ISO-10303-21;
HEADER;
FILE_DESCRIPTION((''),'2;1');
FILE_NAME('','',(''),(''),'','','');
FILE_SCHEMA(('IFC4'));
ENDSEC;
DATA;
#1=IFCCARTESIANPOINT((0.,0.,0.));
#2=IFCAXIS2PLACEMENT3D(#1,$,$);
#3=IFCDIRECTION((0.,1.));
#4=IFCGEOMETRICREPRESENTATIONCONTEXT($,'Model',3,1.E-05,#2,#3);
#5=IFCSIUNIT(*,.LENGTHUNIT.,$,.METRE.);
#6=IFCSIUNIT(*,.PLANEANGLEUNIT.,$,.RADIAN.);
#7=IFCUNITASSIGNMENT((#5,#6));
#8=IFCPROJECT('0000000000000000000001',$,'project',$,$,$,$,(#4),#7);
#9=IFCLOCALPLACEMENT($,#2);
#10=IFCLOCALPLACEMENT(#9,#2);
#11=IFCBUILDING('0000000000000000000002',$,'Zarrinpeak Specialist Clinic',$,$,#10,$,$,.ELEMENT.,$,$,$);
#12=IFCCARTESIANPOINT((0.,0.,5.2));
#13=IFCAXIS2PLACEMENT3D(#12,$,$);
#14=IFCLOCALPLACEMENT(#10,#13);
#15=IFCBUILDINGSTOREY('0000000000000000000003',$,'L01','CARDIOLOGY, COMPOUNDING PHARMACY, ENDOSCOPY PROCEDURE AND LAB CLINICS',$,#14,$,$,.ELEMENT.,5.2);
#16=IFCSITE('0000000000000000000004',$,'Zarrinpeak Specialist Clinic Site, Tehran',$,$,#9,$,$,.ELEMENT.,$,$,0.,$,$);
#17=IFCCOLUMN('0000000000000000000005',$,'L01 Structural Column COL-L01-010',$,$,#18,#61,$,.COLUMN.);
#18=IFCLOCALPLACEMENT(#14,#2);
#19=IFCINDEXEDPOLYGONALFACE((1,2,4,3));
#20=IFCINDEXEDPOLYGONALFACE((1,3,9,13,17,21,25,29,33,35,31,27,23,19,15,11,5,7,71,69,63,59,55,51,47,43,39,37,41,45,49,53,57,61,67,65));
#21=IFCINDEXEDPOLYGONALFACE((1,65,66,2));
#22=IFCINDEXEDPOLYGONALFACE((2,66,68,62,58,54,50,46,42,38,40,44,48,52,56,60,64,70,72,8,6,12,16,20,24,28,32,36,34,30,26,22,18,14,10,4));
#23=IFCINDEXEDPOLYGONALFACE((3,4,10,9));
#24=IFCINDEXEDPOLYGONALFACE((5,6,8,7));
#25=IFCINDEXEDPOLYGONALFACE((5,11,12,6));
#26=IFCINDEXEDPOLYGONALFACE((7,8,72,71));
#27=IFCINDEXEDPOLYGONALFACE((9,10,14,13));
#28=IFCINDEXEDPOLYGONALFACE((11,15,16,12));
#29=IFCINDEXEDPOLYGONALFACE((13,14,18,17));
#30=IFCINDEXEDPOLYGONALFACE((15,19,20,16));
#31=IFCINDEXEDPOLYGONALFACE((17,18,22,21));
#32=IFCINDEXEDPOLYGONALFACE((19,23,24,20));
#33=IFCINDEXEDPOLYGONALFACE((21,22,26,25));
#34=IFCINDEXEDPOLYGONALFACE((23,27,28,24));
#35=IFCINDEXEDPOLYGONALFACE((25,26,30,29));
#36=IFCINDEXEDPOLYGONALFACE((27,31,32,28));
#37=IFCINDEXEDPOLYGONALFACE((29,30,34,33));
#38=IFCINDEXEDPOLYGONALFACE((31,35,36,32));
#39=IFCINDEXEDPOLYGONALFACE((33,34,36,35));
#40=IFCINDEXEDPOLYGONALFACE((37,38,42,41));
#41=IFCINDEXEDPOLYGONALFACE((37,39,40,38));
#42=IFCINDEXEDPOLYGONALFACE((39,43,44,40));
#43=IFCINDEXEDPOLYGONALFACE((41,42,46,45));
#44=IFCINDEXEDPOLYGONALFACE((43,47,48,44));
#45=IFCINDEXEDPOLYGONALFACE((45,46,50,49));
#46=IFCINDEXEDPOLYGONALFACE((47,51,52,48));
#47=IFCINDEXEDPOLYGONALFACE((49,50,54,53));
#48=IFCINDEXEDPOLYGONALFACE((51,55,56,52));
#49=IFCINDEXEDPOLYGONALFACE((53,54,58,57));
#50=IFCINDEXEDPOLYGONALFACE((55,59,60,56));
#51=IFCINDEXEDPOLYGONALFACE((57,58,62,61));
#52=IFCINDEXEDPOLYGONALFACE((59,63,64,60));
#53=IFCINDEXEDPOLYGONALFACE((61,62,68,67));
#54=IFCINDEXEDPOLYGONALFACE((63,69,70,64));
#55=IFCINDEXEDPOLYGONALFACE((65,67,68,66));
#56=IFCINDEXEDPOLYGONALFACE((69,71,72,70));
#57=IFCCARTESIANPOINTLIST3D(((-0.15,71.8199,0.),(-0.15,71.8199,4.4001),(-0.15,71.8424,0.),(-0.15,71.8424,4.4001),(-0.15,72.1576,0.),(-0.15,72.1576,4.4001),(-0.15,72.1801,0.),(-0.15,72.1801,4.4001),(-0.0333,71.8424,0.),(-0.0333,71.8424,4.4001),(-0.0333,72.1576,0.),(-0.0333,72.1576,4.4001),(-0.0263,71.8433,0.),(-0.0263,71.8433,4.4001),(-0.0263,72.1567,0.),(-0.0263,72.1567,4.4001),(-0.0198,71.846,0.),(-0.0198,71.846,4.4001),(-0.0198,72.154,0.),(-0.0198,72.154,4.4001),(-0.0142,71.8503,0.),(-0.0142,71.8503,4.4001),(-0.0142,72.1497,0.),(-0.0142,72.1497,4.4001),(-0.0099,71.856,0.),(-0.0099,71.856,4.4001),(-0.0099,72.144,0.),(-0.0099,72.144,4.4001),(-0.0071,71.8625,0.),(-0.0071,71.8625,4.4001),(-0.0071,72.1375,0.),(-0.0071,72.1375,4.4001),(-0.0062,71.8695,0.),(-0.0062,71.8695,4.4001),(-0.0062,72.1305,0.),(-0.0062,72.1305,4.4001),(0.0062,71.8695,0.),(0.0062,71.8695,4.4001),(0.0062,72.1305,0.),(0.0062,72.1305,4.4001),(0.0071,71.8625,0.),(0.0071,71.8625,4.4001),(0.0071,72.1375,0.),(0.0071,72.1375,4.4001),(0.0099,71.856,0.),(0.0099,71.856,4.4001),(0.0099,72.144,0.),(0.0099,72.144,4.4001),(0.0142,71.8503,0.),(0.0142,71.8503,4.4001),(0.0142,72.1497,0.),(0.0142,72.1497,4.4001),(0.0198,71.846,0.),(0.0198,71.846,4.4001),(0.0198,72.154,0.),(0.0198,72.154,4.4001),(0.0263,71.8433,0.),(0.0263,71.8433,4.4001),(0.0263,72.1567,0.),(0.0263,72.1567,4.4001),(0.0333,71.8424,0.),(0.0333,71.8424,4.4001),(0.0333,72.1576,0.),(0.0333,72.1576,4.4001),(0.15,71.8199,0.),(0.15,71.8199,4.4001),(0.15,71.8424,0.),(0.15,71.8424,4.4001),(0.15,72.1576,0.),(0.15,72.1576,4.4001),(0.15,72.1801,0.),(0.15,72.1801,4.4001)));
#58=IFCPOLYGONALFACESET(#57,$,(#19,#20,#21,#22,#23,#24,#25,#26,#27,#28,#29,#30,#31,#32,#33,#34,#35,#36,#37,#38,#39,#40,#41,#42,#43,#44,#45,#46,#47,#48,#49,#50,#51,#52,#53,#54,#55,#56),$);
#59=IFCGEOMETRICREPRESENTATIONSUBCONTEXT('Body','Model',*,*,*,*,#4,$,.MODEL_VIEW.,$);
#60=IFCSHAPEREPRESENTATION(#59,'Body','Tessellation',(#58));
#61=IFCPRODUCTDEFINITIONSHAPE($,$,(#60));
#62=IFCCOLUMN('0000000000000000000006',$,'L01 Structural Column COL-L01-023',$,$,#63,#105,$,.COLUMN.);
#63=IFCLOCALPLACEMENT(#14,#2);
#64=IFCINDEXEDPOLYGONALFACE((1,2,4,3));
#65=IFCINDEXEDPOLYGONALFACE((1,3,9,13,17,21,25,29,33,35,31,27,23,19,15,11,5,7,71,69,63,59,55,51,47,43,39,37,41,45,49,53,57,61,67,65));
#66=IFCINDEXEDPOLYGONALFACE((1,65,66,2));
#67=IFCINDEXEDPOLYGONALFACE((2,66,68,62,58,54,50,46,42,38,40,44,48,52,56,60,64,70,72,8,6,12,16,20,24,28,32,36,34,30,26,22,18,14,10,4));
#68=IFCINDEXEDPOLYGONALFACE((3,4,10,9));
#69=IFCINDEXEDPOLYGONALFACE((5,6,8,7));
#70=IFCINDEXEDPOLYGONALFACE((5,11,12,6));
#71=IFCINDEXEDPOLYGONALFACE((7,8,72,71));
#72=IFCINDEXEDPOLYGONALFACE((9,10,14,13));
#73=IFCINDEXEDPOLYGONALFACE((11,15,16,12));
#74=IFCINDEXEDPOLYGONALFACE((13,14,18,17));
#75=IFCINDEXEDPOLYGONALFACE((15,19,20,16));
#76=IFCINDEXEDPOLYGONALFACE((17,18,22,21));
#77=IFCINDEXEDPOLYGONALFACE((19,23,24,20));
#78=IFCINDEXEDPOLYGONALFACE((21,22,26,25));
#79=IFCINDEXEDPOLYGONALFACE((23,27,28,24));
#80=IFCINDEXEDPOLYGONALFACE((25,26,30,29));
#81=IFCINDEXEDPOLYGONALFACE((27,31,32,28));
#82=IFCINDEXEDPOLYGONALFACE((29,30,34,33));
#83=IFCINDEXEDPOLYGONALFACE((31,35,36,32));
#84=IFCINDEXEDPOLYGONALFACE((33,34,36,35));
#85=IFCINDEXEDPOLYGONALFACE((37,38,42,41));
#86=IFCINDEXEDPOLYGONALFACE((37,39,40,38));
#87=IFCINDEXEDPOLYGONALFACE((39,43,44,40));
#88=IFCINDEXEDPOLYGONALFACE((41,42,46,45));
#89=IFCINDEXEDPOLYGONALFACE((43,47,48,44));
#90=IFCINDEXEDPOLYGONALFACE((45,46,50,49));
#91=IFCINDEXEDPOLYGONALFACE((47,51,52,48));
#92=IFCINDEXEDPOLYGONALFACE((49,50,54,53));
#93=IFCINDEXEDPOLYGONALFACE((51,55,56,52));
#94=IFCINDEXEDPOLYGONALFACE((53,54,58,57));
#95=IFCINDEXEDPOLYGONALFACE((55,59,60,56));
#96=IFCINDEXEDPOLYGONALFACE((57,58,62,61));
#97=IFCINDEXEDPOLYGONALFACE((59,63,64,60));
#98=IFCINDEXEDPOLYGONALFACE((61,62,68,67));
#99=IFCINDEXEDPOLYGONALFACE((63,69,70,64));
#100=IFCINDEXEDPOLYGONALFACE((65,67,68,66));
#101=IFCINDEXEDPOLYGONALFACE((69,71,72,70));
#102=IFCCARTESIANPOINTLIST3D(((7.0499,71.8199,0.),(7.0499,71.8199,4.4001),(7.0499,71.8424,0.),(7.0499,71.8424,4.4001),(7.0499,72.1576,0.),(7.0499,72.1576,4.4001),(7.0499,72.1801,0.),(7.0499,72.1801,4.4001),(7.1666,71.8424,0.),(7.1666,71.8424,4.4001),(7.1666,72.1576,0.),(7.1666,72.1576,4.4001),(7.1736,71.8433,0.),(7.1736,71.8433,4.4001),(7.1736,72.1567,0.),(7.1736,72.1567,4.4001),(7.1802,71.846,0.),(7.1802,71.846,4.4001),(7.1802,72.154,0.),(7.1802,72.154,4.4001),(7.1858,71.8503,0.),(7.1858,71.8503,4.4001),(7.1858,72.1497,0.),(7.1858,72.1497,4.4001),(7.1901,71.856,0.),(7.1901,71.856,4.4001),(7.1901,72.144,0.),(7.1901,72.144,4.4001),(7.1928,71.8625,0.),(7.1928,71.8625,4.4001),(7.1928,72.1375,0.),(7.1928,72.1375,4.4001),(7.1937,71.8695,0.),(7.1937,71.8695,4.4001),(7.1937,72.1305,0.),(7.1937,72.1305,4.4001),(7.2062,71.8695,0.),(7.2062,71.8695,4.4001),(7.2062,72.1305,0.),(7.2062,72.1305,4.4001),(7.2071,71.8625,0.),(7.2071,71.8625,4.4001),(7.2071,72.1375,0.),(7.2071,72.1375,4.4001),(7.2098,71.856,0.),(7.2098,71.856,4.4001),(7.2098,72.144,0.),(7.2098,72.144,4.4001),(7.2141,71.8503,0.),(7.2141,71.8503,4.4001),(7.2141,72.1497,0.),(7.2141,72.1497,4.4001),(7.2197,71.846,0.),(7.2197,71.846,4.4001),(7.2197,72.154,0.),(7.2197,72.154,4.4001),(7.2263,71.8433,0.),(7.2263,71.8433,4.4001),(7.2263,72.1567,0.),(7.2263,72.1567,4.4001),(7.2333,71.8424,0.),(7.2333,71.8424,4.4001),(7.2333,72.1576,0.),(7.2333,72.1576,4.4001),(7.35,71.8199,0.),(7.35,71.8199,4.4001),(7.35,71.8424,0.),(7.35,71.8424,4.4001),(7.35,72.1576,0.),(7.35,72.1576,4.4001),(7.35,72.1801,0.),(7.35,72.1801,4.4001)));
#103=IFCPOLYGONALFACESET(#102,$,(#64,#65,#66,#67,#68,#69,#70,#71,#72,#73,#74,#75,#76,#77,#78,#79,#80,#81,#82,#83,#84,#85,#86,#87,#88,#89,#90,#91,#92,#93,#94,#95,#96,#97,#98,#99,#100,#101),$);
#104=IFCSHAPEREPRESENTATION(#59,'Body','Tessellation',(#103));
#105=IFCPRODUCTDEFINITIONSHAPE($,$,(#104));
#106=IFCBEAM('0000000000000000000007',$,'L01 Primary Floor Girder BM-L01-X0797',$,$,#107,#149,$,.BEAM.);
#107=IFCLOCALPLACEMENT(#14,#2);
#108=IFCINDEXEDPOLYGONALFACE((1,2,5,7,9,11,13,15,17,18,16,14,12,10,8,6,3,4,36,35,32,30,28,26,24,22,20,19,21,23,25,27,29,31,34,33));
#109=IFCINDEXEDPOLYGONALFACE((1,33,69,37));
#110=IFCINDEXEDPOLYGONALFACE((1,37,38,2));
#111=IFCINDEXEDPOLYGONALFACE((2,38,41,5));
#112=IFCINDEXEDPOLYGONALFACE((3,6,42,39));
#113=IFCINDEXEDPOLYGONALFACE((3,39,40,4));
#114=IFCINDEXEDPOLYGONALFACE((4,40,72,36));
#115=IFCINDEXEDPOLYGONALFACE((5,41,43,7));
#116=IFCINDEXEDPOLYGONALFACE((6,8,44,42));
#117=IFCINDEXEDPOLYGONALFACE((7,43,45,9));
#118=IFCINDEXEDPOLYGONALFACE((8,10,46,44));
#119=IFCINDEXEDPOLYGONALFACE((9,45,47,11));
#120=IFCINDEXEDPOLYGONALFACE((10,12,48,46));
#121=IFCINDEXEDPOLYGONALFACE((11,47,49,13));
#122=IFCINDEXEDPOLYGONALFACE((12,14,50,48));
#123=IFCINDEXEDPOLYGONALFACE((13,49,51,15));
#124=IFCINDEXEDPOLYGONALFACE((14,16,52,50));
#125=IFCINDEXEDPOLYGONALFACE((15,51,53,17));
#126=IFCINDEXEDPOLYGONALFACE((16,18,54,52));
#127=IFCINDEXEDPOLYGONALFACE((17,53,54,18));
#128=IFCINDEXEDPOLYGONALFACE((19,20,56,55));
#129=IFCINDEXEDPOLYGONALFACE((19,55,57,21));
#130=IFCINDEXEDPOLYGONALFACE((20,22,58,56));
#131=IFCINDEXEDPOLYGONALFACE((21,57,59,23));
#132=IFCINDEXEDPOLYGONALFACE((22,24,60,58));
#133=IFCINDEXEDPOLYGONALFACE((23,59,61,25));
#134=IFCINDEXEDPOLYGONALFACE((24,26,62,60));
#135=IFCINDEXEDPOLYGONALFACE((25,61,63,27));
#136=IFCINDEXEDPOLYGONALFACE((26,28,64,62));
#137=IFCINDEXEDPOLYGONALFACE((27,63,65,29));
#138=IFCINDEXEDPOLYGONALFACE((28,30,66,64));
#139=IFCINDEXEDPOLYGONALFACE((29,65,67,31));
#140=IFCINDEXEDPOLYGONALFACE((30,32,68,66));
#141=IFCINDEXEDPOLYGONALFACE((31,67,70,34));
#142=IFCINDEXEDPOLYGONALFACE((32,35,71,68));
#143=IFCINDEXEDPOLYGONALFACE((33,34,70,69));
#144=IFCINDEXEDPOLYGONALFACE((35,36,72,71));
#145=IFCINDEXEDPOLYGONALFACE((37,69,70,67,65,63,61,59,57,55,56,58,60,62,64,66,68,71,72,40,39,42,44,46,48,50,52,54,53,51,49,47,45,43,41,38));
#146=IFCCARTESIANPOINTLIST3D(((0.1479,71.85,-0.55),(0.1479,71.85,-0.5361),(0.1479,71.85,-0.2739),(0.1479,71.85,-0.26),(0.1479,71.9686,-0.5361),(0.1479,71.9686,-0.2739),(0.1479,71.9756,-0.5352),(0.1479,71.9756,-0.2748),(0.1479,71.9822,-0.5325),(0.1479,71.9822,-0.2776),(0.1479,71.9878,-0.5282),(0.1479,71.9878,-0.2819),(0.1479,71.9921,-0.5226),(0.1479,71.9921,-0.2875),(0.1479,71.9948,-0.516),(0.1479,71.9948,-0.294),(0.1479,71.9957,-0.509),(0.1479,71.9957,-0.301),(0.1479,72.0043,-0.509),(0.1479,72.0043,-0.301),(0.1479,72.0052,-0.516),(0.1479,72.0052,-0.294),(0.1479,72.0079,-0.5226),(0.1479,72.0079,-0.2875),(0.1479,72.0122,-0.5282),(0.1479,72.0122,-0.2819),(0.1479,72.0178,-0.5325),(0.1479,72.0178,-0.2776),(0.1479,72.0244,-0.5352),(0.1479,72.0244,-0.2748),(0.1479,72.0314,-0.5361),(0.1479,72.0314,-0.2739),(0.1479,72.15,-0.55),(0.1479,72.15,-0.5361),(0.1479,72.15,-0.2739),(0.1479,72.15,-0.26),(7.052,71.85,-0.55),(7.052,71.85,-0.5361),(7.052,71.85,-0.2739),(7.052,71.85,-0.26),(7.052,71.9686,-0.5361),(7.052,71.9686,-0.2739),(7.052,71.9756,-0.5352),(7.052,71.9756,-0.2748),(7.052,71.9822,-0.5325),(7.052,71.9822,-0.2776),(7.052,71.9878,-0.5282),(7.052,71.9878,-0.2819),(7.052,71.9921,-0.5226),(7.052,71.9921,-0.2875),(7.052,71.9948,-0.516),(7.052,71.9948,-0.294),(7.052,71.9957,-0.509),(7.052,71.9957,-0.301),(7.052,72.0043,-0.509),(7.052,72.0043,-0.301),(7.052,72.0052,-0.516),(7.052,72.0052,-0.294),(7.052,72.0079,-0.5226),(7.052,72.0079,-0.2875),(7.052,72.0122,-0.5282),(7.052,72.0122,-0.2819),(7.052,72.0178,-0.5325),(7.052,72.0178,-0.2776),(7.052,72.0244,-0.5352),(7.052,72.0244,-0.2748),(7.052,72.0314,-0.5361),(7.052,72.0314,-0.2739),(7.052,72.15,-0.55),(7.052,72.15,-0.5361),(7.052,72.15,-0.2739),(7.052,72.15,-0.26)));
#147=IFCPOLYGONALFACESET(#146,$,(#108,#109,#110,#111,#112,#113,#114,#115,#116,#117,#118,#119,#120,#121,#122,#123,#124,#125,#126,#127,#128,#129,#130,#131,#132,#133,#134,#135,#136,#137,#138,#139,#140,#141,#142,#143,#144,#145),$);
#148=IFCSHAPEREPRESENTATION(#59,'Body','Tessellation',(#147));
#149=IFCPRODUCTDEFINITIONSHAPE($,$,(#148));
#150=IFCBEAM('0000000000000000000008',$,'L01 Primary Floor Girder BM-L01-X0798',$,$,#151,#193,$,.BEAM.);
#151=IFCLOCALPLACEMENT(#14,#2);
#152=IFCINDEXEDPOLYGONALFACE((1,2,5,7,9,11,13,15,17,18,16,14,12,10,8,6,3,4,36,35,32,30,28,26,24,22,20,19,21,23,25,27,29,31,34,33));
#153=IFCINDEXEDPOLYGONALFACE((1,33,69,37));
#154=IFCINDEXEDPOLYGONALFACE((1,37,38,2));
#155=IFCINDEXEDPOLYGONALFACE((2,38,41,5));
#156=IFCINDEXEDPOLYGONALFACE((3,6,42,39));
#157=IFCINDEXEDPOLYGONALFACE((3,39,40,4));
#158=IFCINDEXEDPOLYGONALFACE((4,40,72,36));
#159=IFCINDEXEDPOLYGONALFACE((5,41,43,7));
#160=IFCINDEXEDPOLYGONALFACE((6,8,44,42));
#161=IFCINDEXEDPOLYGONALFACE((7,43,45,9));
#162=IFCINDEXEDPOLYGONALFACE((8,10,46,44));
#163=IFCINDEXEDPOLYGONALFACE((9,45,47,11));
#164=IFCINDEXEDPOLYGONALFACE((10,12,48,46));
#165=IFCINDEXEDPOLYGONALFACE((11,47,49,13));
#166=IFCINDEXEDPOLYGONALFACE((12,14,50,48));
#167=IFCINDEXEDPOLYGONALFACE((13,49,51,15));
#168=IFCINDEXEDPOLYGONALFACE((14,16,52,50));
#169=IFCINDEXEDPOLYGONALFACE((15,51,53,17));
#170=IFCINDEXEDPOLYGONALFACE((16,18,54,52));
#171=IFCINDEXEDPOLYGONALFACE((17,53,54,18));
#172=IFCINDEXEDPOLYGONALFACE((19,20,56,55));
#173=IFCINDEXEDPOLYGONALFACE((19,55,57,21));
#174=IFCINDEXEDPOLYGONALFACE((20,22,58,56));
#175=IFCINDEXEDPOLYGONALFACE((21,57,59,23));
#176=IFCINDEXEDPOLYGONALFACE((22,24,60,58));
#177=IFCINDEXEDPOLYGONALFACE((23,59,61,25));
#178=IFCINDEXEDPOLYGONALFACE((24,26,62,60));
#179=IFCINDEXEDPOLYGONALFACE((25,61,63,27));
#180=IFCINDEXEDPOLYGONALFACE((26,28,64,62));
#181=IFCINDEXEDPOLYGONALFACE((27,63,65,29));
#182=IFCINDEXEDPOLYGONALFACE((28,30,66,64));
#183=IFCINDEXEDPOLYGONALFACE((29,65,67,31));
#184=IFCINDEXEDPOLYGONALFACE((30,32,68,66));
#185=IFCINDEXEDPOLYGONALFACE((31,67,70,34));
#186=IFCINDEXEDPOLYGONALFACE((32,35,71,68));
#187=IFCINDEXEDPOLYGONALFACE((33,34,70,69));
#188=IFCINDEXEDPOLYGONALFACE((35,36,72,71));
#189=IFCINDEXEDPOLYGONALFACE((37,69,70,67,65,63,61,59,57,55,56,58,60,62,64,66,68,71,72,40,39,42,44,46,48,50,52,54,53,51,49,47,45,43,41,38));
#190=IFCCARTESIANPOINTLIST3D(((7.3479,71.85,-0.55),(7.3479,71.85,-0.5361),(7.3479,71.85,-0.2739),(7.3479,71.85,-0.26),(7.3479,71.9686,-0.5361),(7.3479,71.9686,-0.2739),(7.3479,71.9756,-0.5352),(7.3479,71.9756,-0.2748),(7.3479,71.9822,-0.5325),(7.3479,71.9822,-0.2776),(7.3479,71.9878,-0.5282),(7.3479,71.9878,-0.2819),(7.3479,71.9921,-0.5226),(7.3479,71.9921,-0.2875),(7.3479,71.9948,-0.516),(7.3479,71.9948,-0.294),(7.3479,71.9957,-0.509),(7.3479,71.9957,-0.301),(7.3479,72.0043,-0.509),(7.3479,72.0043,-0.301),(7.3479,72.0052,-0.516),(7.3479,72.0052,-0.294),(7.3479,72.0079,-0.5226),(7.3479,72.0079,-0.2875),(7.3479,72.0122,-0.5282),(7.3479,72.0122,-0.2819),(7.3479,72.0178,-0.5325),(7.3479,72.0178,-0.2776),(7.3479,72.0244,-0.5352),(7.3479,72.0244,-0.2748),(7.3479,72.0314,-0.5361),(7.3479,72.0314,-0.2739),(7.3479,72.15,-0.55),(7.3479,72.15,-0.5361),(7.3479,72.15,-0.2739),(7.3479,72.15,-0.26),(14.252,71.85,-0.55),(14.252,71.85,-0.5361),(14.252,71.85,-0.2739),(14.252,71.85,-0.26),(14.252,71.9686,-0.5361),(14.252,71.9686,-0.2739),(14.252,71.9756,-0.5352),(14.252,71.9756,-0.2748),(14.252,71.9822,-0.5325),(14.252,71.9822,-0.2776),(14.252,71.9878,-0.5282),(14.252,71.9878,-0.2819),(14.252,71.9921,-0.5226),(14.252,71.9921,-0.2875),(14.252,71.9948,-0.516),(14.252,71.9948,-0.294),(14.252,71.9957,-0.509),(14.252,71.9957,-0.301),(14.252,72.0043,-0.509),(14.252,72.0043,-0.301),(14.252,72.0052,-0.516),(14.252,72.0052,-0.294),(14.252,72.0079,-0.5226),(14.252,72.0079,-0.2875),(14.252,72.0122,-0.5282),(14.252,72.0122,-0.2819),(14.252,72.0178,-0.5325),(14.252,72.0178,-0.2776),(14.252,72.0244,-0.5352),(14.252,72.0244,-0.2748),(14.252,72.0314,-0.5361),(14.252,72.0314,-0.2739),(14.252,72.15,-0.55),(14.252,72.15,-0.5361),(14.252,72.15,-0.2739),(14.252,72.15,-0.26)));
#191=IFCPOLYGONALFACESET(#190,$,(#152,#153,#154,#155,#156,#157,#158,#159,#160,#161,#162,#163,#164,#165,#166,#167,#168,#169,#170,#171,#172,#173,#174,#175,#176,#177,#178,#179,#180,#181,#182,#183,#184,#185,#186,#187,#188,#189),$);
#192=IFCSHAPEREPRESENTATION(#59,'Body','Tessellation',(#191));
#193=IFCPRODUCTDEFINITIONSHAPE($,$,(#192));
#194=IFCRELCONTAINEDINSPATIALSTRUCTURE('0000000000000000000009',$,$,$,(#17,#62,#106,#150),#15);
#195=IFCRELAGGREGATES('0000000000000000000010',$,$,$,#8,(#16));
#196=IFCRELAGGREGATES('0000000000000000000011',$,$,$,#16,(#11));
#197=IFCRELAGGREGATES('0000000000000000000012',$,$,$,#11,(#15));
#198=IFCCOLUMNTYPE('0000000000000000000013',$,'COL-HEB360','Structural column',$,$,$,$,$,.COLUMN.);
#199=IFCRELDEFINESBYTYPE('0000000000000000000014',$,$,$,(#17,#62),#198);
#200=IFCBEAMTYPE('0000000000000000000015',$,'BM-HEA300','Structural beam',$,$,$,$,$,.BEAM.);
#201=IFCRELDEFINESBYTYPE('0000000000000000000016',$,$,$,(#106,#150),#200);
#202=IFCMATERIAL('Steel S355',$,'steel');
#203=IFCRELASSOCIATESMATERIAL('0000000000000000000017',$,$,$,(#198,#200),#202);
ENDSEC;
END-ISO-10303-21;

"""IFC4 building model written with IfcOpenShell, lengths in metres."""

from ifc_helpers import new_model, si_unit, direction, frame, origin, origin_2d, place, context, subcontext, project, spatial, i_section, extrude, material, material_profile, profile_set, type_object, element, save


model = new_model("IFC4")

# Units and contexts
model_context = context("Model", 3, precision=1e-05, world=origin(), true_north=direction((0.0, 1.0)))
body_context = subcontext(model_context, "Body", "Model", "MODEL_VIEW")
ifc_project = project(units=[si_unit("LENGTHUNIT", "METRE"), si_unit("PLANEANGLEUNIT", "RADIAN")], contexts=[model_context])

# Site, building, storey
site_placement = place(None, origin())
site = spatial("IfcSite", under=ifc_project, at=site_placement, Name="Zarrinpeak Specialist Clinic Site, Tehran", CompositionType="ELEMENT", RefElevation=0.0)
building_placement = place(site_placement, origin())
building = spatial("IfcBuilding", under=site, at=building_placement, Name="Zarrinpeak Specialist Clinic", CompositionType="ELEMENT")
storey_placement = place(building_placement, frame((0.0, 0.0, 5.2)))
storey = spatial("IfcBuildingStorey", under=building, at=storey_placement, Name="L01", Description="CARDIOLOGY, COMPOUNDING PHARMACY, ENDOSCOPY PROCEDURE AND LAB CLINICS", CompositionType="ELEMENT", Elevation=5.2)

# Columns
ifc_material_1 = material(Name="Steel S355", Category="steel")
ifc_material_profile_1 = material_profile(ifc_material_1, i_section(OverallWidth=0.3, OverallDepth=0.3601, WebThickness=0.0125, FlangeThickness=0.0225, FilletRadius=0.0271, at=origin_2d()), Name="HEB 360")
ifc_profile_set_1 = profile_set([ifc_material_profile_1], Name="Steel S355")
column_type = type_object("IfcColumnType", Name="COL-HEB360", Description="Structural column", PredefinedType="COLUMN", material=ifc_profile_set_1)
for number, where, z_axis, x_axis, name in (
    (1, (0.0, 72.0, 0.0), (0.0, 0.0, 1.0), (1.0, 0.0, 0.0), "L01 Structural Column COL-L01-010"),
    (2, (7.2, 72.0, 0.0), (0.0, 0.0, 1.0), (1.0, 0.0, 0.0), "L01 Structural Column COL-L01-023"),
):
    element("IfcColumn", number, at=place(storey_placement, frame(where, z_axis=z_axis, x_axis=x_axis)), inside=storey, type_object=column_type, Name=name, PredefinedType="COLUMN", context=body_context, shape_type="SweptSolid", body=[
        extrude(i_section(OverallWidth=0.3, OverallDepth=0.3601, WebThickness=0.0125, FlangeThickness=0.0225, FilletRadius=0.0271, at=origin_2d()), origin(), (0.0, 0.0, 1.0), 4.4001),
    ])

# Beams
ifc_material_profile_2 = material_profile(ifc_material_1, i_section(OverallWidth=0.3, OverallDepth=0.29, WebThickness=0.0085, FlangeThickness=0.0139, FilletRadius=0.0271, at=origin_2d()), Name="HEA 300")
ifc_profile_set_2 = profile_set([ifc_material_profile_2], Name="Steel S355")
beam_type = type_object("IfcBeamType", Name="BM-HEA300", Description="Structural beam", PredefinedType="BEAM", material=ifc_profile_set_2)
for number, where, z_axis, x_axis, name in (
    (3, (0.1479, 72.0, -0.405), (1.0, 0.0, 0.0), (0.0, 1.0, 0.0), "L01 Primary Floor Girder BM-L01-X0797"),
    (4, (7.3479, 72.0, -0.405), (1.0, 0.0, 0.0), (0.0, 1.0, 0.0), "L01 Primary Floor Girder BM-L01-X0798"),
):
    element("IfcBeam", number, at=place(storey_placement, frame(where, z_axis=z_axis, x_axis=x_axis)), inside=storey, type_object=beam_type, Name=name, PredefinedType="BEAM", context=body_context, shape_type="SweptSolid", body=[
        extrude(i_section(OverallWidth=0.3, OverallDepth=0.29, WebThickness=0.0085, FlangeThickness=0.0139, FilletRadius=0.0271, at=origin_2d()), origin(), (0.0, 0.0, 1.0), 6.9041),
    ])

save(model, "model.ifc")
